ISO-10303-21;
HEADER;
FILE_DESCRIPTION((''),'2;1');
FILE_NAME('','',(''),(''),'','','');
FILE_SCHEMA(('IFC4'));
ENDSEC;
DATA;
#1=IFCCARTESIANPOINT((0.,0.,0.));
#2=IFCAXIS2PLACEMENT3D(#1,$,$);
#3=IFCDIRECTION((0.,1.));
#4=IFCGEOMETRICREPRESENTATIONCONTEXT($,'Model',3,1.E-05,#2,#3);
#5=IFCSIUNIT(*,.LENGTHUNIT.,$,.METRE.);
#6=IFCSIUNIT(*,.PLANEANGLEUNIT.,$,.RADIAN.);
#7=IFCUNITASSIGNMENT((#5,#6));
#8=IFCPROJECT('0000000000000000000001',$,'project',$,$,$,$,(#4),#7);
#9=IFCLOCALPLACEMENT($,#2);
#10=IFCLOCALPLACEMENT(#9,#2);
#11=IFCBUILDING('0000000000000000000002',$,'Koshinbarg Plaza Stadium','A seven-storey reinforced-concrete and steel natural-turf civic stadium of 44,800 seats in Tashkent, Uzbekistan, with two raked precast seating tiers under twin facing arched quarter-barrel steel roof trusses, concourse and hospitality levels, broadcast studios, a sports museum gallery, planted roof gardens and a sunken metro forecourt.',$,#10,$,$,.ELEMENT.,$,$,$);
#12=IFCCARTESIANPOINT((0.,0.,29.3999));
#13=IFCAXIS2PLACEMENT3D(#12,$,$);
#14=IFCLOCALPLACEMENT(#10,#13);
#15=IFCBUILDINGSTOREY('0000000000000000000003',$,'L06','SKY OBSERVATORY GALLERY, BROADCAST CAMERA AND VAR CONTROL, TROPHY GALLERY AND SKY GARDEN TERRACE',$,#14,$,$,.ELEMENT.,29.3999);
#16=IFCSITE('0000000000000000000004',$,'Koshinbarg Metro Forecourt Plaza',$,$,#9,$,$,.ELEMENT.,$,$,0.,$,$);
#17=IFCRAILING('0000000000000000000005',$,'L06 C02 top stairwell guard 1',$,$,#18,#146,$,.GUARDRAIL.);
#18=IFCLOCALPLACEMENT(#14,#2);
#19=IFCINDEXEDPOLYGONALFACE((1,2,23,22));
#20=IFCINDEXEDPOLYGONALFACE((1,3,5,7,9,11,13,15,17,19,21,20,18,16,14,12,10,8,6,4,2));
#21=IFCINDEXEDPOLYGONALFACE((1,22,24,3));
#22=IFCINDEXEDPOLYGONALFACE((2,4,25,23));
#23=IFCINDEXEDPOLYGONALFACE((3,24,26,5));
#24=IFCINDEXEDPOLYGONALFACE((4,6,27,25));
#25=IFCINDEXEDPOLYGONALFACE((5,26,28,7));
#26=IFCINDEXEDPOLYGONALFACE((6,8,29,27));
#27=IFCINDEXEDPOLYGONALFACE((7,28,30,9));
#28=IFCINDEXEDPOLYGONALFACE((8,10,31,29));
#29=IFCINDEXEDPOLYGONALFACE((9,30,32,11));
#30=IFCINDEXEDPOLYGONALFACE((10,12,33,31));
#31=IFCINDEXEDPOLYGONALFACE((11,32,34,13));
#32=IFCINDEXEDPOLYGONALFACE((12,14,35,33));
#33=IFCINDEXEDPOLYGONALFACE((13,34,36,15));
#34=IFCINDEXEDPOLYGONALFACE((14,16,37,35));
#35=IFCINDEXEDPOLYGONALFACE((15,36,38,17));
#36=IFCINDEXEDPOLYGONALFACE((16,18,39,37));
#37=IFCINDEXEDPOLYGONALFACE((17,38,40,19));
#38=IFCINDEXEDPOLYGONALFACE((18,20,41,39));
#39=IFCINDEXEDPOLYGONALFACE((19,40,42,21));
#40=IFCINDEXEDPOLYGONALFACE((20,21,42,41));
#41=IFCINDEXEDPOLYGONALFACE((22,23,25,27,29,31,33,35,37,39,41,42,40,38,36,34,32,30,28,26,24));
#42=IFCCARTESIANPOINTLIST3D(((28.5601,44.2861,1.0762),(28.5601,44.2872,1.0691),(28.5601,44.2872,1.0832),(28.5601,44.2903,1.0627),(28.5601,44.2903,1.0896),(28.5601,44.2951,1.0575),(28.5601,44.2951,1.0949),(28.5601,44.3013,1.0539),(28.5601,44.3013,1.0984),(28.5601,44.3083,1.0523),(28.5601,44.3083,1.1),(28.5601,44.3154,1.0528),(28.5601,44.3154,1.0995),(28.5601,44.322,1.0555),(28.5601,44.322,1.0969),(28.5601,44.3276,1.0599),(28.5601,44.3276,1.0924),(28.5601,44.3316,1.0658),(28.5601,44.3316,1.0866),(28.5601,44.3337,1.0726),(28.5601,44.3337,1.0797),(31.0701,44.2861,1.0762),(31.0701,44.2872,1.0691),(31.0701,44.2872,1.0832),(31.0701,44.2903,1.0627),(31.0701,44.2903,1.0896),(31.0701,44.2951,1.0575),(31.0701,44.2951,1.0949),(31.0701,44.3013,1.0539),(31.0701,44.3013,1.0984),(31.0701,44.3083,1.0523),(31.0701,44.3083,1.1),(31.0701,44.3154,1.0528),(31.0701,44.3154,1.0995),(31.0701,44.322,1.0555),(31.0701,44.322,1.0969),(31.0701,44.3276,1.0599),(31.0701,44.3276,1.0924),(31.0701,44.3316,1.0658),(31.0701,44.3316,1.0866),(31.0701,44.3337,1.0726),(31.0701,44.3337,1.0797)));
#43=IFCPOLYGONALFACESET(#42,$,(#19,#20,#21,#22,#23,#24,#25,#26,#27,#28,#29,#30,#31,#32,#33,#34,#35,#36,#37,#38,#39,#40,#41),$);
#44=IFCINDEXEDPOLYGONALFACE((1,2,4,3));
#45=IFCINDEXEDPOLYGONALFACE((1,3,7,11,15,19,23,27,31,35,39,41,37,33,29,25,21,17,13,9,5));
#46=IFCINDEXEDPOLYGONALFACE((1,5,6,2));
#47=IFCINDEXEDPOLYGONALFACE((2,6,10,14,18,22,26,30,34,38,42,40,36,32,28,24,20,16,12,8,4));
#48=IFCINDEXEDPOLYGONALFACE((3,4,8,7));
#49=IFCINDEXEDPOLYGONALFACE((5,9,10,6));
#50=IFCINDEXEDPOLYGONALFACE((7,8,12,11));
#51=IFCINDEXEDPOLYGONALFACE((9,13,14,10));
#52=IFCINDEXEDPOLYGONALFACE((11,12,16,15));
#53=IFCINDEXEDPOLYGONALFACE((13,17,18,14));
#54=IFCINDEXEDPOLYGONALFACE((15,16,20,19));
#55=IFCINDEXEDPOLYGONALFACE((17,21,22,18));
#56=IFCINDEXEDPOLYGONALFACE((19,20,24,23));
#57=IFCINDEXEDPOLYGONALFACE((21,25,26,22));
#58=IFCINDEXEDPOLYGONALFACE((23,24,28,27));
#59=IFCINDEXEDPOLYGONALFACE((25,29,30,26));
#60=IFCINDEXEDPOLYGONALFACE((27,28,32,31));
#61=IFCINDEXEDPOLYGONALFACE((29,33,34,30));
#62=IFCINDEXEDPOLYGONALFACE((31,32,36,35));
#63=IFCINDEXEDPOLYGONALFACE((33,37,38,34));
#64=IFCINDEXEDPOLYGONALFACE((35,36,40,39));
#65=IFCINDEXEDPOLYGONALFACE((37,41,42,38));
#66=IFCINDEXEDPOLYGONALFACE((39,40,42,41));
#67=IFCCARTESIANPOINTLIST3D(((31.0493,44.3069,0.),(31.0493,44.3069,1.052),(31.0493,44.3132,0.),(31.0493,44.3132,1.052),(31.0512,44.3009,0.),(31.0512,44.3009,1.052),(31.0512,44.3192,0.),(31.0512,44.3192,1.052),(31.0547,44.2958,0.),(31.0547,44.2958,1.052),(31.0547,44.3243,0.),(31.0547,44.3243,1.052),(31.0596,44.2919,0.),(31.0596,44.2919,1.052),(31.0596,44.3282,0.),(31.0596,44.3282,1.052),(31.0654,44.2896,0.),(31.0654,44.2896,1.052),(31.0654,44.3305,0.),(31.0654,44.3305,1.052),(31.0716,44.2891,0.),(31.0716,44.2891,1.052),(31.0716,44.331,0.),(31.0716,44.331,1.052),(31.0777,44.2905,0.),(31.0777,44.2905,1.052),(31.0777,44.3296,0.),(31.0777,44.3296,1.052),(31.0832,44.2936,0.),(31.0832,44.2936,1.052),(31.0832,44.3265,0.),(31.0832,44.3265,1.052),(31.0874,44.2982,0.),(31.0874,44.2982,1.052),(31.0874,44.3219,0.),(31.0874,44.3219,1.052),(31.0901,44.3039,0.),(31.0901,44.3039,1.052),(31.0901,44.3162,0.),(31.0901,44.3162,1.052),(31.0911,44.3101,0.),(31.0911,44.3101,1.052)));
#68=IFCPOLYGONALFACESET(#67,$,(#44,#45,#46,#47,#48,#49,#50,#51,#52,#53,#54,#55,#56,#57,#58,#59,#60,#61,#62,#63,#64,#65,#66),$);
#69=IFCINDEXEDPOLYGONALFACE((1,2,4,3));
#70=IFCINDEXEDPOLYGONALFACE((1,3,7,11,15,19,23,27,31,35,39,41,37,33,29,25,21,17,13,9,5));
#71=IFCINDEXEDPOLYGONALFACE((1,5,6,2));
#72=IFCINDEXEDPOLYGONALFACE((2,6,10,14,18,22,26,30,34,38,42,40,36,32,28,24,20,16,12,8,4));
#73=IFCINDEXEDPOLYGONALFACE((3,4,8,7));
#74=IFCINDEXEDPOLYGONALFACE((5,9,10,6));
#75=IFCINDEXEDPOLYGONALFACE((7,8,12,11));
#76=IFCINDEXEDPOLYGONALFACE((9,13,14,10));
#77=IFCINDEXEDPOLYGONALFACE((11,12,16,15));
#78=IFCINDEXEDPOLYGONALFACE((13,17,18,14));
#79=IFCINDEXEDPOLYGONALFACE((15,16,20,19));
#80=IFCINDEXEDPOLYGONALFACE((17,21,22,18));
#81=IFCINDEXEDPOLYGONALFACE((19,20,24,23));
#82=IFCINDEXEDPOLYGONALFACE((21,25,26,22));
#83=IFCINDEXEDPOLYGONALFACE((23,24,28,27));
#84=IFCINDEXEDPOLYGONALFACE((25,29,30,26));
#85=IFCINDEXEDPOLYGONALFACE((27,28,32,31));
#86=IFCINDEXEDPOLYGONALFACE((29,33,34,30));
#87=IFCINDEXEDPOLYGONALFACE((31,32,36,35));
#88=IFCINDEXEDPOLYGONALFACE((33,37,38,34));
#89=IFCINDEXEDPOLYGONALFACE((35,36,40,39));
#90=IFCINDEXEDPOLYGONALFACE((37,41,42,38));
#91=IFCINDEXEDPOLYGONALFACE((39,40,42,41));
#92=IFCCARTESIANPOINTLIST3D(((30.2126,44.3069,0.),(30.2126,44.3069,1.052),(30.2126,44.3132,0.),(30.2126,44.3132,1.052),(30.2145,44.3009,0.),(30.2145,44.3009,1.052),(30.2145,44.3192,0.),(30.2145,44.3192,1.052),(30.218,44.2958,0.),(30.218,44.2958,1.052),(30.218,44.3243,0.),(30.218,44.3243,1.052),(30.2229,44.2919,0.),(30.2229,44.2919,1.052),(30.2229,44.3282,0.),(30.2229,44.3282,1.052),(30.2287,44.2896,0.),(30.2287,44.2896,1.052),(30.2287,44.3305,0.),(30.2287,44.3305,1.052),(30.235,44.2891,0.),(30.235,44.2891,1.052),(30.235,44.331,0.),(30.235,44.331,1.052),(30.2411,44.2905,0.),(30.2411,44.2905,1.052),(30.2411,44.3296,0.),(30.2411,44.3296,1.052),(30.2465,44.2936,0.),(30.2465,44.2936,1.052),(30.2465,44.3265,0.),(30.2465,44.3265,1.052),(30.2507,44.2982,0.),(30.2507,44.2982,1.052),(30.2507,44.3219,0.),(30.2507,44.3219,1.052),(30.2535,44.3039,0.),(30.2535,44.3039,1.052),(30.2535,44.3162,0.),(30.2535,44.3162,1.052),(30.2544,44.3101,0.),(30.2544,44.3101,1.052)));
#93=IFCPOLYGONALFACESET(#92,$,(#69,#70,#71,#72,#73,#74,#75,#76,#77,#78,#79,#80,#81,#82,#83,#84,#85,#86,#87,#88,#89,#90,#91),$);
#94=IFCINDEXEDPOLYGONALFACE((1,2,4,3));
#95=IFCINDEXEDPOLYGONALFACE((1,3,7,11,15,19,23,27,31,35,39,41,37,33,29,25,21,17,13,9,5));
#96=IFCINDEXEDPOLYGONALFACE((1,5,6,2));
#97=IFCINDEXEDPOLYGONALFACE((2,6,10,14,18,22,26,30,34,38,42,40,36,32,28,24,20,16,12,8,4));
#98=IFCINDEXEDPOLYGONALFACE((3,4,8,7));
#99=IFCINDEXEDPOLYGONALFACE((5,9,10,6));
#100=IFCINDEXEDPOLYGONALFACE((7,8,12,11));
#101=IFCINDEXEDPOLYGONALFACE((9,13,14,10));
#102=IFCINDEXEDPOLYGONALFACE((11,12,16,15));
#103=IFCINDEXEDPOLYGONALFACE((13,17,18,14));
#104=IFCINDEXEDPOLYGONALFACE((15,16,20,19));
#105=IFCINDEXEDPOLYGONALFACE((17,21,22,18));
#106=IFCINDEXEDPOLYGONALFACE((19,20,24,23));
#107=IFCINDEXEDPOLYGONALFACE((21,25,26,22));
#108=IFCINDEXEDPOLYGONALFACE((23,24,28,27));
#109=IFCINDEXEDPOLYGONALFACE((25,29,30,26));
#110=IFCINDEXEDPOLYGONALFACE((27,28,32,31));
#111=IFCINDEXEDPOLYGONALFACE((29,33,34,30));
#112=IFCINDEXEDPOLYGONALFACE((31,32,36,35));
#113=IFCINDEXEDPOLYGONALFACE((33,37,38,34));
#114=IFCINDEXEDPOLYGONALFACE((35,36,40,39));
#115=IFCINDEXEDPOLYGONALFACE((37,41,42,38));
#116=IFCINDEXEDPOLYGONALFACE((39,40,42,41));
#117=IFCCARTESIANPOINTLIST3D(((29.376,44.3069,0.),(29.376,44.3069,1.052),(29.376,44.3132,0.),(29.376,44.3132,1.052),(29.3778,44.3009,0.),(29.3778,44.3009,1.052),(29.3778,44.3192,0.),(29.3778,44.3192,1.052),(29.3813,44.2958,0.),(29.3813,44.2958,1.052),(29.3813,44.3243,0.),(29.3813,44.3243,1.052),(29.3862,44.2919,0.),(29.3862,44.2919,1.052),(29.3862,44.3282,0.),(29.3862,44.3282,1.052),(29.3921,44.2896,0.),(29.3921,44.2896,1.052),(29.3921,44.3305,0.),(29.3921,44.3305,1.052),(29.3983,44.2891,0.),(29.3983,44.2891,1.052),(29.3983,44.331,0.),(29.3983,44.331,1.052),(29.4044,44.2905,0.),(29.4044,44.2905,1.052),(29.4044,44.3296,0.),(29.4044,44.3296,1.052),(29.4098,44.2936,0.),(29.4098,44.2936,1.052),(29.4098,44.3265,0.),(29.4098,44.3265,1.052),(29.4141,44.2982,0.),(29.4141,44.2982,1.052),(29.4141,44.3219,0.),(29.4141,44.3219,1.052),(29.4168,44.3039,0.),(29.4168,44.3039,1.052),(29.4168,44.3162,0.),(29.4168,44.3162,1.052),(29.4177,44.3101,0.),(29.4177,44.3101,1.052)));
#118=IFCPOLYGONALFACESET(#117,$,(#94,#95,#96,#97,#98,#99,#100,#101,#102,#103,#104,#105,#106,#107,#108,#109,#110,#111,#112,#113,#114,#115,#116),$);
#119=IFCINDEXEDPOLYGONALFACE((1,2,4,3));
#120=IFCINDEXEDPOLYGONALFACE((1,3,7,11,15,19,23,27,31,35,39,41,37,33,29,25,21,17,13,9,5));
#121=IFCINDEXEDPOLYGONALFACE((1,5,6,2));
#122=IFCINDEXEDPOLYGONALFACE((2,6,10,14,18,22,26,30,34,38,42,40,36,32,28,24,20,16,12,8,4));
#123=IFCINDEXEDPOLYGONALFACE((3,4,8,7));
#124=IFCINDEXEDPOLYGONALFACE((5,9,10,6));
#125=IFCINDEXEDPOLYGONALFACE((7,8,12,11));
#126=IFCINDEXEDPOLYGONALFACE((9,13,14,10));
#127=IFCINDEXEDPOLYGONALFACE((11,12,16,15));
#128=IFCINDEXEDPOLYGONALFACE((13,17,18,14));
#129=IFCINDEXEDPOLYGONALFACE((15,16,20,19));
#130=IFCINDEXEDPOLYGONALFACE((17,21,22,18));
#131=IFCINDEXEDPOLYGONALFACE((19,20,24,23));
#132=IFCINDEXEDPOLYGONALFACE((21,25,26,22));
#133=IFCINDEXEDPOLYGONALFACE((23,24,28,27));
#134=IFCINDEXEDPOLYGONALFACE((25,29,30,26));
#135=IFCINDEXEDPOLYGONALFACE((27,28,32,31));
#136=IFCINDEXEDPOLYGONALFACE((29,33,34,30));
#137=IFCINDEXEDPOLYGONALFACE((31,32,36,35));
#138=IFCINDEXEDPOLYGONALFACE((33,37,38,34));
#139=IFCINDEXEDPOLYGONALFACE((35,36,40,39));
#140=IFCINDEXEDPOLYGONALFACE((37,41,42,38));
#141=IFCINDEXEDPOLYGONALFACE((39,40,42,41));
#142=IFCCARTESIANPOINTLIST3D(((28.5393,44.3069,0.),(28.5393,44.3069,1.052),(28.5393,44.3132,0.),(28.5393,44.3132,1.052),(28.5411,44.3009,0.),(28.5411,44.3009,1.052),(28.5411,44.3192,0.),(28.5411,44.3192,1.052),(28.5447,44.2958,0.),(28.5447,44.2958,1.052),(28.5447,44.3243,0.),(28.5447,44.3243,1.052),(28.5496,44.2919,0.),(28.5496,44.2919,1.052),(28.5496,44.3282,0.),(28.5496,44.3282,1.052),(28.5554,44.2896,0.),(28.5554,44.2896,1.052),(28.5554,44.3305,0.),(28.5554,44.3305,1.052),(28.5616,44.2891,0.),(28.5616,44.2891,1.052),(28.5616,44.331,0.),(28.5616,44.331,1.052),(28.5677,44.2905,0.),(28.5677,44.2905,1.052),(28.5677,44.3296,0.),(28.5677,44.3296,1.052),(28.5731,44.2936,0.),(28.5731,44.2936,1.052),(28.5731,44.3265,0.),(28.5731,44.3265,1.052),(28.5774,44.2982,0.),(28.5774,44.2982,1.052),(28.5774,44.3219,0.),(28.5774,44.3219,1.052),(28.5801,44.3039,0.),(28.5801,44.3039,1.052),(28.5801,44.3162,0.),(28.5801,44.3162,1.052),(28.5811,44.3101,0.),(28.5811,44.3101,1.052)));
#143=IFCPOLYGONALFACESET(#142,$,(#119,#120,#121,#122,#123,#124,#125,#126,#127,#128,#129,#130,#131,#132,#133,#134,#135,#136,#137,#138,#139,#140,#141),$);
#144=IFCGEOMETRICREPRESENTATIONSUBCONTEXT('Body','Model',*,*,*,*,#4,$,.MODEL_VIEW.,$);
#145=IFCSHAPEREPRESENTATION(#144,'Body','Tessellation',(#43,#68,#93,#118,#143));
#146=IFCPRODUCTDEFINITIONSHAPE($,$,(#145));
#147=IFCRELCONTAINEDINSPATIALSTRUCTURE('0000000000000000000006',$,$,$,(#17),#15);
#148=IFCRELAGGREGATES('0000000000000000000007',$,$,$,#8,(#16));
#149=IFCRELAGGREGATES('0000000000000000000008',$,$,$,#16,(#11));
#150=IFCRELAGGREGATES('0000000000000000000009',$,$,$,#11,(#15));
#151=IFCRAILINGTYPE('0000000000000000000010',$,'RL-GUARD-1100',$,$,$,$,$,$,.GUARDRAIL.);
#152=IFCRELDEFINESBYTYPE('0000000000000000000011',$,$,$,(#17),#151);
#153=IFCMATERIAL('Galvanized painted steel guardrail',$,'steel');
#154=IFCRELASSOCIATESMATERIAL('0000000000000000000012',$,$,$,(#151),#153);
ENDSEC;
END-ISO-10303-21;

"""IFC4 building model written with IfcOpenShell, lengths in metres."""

from ifc_helpers import new_model, si_unit, direction, frame, origin, origin_2d, place, context, subcontext, project, spatial, circle, extrude, material, type_object, element, save


model = new_model("IFC4")

# Units and contexts
model_context = context("Model", 3, precision=1e-05, world=origin(), true_north=direction((0.0, 1.0)))
body_context = subcontext(model_context, "Body", "Model", "MODEL_VIEW")
ifc_project = project(units=[si_unit("LENGTHUNIT", "METRE"), si_unit("PLANEANGLEUNIT", "RADIAN")], contexts=[model_context])

# Site, building, storey
site_placement = place(None, origin())
site = spatial("IfcSite", under=ifc_project, at=site_placement, Name="Koshinbarg Metro Forecourt Plaza", CompositionType="ELEMENT", RefElevation=0.0)
building_placement = place(site_placement, origin())
building = spatial("IfcBuilding", under=site, at=building_placement, Name="Koshinbarg Plaza Stadium", Description="A seven-storey reinforced-concrete and steel natural-turf civic stadium of 44,800 seats in Tashkent, Uzbekistan, with two raked precast seating tiers under twin facing arched quarter-barrel steel roof trusses, concourse and hospitality levels, broadcast studios, a sports museum gallery, planted roof gardens and a sunken metro forecourt.", CompositionType="ELEMENT")
storey_placement = place(building_placement, frame((0.0, 0.0, 29.3999)))
storey = spatial("IfcBuildingStorey", under=building, at=storey_placement, Name="L06", Description="SKY OBSERVATORY GALLERY, BROADCAST CAMERA AND VAR CONTROL, TROPHY GALLERY AND SKY GARDEN TERRACE", CompositionType="ELEMENT", Elevation=29.3999)

# Railing
ifc_material_1 = material(Name="Galvanized painted steel guardrail", Category="steel")
railing_type_1 = type_object("IfcRailingType", Name="RL-GUARD-1100", PredefinedType="GUARDRAIL", material=ifc_material_1)
railing_1_placement = place(storey_placement, frame((31.0701, 44.3101, 0.0)))
element("IfcRailing", 1, at=railing_1_placement, inside=storey, type_object=railing_type_1, Name="L06 C02 top stairwell guard 1", PredefinedType="GUARDRAIL", context=body_context, shape_type="SweptSolid", body=[
    extrude(circle(Radius=0.0239, at=origin_2d()), frame((0.0, 0.0, 1.0762), z_axis=(-1.0, 0.0, 0.0), x_axis=(0.0, -1.0, 0.0)), (0.0, 0.0, 1.0), 2.51),
    extrude(circle(Radius=0.021, at=origin_2d()), origin(), (0.0, 0.0, 1.0), 1.052),
    extrude(circle(Radius=0.021, at=origin_2d()), frame((-0.8367, 0.0, 0.0)), (0.0, 0.0, 1.0), 1.052),
    extrude(circle(Radius=0.021, at=origin_2d()), frame((-1.6733, 0.0, 0.0)), (0.0, 0.0, 1.0), 1.052),
    extrude(circle(Radius=0.021, at=origin_2d()), frame((-2.51, 0.0, 0.0)), (0.0, 0.0, 1.0), 1.052),
])

save(model, "model.ifc")
